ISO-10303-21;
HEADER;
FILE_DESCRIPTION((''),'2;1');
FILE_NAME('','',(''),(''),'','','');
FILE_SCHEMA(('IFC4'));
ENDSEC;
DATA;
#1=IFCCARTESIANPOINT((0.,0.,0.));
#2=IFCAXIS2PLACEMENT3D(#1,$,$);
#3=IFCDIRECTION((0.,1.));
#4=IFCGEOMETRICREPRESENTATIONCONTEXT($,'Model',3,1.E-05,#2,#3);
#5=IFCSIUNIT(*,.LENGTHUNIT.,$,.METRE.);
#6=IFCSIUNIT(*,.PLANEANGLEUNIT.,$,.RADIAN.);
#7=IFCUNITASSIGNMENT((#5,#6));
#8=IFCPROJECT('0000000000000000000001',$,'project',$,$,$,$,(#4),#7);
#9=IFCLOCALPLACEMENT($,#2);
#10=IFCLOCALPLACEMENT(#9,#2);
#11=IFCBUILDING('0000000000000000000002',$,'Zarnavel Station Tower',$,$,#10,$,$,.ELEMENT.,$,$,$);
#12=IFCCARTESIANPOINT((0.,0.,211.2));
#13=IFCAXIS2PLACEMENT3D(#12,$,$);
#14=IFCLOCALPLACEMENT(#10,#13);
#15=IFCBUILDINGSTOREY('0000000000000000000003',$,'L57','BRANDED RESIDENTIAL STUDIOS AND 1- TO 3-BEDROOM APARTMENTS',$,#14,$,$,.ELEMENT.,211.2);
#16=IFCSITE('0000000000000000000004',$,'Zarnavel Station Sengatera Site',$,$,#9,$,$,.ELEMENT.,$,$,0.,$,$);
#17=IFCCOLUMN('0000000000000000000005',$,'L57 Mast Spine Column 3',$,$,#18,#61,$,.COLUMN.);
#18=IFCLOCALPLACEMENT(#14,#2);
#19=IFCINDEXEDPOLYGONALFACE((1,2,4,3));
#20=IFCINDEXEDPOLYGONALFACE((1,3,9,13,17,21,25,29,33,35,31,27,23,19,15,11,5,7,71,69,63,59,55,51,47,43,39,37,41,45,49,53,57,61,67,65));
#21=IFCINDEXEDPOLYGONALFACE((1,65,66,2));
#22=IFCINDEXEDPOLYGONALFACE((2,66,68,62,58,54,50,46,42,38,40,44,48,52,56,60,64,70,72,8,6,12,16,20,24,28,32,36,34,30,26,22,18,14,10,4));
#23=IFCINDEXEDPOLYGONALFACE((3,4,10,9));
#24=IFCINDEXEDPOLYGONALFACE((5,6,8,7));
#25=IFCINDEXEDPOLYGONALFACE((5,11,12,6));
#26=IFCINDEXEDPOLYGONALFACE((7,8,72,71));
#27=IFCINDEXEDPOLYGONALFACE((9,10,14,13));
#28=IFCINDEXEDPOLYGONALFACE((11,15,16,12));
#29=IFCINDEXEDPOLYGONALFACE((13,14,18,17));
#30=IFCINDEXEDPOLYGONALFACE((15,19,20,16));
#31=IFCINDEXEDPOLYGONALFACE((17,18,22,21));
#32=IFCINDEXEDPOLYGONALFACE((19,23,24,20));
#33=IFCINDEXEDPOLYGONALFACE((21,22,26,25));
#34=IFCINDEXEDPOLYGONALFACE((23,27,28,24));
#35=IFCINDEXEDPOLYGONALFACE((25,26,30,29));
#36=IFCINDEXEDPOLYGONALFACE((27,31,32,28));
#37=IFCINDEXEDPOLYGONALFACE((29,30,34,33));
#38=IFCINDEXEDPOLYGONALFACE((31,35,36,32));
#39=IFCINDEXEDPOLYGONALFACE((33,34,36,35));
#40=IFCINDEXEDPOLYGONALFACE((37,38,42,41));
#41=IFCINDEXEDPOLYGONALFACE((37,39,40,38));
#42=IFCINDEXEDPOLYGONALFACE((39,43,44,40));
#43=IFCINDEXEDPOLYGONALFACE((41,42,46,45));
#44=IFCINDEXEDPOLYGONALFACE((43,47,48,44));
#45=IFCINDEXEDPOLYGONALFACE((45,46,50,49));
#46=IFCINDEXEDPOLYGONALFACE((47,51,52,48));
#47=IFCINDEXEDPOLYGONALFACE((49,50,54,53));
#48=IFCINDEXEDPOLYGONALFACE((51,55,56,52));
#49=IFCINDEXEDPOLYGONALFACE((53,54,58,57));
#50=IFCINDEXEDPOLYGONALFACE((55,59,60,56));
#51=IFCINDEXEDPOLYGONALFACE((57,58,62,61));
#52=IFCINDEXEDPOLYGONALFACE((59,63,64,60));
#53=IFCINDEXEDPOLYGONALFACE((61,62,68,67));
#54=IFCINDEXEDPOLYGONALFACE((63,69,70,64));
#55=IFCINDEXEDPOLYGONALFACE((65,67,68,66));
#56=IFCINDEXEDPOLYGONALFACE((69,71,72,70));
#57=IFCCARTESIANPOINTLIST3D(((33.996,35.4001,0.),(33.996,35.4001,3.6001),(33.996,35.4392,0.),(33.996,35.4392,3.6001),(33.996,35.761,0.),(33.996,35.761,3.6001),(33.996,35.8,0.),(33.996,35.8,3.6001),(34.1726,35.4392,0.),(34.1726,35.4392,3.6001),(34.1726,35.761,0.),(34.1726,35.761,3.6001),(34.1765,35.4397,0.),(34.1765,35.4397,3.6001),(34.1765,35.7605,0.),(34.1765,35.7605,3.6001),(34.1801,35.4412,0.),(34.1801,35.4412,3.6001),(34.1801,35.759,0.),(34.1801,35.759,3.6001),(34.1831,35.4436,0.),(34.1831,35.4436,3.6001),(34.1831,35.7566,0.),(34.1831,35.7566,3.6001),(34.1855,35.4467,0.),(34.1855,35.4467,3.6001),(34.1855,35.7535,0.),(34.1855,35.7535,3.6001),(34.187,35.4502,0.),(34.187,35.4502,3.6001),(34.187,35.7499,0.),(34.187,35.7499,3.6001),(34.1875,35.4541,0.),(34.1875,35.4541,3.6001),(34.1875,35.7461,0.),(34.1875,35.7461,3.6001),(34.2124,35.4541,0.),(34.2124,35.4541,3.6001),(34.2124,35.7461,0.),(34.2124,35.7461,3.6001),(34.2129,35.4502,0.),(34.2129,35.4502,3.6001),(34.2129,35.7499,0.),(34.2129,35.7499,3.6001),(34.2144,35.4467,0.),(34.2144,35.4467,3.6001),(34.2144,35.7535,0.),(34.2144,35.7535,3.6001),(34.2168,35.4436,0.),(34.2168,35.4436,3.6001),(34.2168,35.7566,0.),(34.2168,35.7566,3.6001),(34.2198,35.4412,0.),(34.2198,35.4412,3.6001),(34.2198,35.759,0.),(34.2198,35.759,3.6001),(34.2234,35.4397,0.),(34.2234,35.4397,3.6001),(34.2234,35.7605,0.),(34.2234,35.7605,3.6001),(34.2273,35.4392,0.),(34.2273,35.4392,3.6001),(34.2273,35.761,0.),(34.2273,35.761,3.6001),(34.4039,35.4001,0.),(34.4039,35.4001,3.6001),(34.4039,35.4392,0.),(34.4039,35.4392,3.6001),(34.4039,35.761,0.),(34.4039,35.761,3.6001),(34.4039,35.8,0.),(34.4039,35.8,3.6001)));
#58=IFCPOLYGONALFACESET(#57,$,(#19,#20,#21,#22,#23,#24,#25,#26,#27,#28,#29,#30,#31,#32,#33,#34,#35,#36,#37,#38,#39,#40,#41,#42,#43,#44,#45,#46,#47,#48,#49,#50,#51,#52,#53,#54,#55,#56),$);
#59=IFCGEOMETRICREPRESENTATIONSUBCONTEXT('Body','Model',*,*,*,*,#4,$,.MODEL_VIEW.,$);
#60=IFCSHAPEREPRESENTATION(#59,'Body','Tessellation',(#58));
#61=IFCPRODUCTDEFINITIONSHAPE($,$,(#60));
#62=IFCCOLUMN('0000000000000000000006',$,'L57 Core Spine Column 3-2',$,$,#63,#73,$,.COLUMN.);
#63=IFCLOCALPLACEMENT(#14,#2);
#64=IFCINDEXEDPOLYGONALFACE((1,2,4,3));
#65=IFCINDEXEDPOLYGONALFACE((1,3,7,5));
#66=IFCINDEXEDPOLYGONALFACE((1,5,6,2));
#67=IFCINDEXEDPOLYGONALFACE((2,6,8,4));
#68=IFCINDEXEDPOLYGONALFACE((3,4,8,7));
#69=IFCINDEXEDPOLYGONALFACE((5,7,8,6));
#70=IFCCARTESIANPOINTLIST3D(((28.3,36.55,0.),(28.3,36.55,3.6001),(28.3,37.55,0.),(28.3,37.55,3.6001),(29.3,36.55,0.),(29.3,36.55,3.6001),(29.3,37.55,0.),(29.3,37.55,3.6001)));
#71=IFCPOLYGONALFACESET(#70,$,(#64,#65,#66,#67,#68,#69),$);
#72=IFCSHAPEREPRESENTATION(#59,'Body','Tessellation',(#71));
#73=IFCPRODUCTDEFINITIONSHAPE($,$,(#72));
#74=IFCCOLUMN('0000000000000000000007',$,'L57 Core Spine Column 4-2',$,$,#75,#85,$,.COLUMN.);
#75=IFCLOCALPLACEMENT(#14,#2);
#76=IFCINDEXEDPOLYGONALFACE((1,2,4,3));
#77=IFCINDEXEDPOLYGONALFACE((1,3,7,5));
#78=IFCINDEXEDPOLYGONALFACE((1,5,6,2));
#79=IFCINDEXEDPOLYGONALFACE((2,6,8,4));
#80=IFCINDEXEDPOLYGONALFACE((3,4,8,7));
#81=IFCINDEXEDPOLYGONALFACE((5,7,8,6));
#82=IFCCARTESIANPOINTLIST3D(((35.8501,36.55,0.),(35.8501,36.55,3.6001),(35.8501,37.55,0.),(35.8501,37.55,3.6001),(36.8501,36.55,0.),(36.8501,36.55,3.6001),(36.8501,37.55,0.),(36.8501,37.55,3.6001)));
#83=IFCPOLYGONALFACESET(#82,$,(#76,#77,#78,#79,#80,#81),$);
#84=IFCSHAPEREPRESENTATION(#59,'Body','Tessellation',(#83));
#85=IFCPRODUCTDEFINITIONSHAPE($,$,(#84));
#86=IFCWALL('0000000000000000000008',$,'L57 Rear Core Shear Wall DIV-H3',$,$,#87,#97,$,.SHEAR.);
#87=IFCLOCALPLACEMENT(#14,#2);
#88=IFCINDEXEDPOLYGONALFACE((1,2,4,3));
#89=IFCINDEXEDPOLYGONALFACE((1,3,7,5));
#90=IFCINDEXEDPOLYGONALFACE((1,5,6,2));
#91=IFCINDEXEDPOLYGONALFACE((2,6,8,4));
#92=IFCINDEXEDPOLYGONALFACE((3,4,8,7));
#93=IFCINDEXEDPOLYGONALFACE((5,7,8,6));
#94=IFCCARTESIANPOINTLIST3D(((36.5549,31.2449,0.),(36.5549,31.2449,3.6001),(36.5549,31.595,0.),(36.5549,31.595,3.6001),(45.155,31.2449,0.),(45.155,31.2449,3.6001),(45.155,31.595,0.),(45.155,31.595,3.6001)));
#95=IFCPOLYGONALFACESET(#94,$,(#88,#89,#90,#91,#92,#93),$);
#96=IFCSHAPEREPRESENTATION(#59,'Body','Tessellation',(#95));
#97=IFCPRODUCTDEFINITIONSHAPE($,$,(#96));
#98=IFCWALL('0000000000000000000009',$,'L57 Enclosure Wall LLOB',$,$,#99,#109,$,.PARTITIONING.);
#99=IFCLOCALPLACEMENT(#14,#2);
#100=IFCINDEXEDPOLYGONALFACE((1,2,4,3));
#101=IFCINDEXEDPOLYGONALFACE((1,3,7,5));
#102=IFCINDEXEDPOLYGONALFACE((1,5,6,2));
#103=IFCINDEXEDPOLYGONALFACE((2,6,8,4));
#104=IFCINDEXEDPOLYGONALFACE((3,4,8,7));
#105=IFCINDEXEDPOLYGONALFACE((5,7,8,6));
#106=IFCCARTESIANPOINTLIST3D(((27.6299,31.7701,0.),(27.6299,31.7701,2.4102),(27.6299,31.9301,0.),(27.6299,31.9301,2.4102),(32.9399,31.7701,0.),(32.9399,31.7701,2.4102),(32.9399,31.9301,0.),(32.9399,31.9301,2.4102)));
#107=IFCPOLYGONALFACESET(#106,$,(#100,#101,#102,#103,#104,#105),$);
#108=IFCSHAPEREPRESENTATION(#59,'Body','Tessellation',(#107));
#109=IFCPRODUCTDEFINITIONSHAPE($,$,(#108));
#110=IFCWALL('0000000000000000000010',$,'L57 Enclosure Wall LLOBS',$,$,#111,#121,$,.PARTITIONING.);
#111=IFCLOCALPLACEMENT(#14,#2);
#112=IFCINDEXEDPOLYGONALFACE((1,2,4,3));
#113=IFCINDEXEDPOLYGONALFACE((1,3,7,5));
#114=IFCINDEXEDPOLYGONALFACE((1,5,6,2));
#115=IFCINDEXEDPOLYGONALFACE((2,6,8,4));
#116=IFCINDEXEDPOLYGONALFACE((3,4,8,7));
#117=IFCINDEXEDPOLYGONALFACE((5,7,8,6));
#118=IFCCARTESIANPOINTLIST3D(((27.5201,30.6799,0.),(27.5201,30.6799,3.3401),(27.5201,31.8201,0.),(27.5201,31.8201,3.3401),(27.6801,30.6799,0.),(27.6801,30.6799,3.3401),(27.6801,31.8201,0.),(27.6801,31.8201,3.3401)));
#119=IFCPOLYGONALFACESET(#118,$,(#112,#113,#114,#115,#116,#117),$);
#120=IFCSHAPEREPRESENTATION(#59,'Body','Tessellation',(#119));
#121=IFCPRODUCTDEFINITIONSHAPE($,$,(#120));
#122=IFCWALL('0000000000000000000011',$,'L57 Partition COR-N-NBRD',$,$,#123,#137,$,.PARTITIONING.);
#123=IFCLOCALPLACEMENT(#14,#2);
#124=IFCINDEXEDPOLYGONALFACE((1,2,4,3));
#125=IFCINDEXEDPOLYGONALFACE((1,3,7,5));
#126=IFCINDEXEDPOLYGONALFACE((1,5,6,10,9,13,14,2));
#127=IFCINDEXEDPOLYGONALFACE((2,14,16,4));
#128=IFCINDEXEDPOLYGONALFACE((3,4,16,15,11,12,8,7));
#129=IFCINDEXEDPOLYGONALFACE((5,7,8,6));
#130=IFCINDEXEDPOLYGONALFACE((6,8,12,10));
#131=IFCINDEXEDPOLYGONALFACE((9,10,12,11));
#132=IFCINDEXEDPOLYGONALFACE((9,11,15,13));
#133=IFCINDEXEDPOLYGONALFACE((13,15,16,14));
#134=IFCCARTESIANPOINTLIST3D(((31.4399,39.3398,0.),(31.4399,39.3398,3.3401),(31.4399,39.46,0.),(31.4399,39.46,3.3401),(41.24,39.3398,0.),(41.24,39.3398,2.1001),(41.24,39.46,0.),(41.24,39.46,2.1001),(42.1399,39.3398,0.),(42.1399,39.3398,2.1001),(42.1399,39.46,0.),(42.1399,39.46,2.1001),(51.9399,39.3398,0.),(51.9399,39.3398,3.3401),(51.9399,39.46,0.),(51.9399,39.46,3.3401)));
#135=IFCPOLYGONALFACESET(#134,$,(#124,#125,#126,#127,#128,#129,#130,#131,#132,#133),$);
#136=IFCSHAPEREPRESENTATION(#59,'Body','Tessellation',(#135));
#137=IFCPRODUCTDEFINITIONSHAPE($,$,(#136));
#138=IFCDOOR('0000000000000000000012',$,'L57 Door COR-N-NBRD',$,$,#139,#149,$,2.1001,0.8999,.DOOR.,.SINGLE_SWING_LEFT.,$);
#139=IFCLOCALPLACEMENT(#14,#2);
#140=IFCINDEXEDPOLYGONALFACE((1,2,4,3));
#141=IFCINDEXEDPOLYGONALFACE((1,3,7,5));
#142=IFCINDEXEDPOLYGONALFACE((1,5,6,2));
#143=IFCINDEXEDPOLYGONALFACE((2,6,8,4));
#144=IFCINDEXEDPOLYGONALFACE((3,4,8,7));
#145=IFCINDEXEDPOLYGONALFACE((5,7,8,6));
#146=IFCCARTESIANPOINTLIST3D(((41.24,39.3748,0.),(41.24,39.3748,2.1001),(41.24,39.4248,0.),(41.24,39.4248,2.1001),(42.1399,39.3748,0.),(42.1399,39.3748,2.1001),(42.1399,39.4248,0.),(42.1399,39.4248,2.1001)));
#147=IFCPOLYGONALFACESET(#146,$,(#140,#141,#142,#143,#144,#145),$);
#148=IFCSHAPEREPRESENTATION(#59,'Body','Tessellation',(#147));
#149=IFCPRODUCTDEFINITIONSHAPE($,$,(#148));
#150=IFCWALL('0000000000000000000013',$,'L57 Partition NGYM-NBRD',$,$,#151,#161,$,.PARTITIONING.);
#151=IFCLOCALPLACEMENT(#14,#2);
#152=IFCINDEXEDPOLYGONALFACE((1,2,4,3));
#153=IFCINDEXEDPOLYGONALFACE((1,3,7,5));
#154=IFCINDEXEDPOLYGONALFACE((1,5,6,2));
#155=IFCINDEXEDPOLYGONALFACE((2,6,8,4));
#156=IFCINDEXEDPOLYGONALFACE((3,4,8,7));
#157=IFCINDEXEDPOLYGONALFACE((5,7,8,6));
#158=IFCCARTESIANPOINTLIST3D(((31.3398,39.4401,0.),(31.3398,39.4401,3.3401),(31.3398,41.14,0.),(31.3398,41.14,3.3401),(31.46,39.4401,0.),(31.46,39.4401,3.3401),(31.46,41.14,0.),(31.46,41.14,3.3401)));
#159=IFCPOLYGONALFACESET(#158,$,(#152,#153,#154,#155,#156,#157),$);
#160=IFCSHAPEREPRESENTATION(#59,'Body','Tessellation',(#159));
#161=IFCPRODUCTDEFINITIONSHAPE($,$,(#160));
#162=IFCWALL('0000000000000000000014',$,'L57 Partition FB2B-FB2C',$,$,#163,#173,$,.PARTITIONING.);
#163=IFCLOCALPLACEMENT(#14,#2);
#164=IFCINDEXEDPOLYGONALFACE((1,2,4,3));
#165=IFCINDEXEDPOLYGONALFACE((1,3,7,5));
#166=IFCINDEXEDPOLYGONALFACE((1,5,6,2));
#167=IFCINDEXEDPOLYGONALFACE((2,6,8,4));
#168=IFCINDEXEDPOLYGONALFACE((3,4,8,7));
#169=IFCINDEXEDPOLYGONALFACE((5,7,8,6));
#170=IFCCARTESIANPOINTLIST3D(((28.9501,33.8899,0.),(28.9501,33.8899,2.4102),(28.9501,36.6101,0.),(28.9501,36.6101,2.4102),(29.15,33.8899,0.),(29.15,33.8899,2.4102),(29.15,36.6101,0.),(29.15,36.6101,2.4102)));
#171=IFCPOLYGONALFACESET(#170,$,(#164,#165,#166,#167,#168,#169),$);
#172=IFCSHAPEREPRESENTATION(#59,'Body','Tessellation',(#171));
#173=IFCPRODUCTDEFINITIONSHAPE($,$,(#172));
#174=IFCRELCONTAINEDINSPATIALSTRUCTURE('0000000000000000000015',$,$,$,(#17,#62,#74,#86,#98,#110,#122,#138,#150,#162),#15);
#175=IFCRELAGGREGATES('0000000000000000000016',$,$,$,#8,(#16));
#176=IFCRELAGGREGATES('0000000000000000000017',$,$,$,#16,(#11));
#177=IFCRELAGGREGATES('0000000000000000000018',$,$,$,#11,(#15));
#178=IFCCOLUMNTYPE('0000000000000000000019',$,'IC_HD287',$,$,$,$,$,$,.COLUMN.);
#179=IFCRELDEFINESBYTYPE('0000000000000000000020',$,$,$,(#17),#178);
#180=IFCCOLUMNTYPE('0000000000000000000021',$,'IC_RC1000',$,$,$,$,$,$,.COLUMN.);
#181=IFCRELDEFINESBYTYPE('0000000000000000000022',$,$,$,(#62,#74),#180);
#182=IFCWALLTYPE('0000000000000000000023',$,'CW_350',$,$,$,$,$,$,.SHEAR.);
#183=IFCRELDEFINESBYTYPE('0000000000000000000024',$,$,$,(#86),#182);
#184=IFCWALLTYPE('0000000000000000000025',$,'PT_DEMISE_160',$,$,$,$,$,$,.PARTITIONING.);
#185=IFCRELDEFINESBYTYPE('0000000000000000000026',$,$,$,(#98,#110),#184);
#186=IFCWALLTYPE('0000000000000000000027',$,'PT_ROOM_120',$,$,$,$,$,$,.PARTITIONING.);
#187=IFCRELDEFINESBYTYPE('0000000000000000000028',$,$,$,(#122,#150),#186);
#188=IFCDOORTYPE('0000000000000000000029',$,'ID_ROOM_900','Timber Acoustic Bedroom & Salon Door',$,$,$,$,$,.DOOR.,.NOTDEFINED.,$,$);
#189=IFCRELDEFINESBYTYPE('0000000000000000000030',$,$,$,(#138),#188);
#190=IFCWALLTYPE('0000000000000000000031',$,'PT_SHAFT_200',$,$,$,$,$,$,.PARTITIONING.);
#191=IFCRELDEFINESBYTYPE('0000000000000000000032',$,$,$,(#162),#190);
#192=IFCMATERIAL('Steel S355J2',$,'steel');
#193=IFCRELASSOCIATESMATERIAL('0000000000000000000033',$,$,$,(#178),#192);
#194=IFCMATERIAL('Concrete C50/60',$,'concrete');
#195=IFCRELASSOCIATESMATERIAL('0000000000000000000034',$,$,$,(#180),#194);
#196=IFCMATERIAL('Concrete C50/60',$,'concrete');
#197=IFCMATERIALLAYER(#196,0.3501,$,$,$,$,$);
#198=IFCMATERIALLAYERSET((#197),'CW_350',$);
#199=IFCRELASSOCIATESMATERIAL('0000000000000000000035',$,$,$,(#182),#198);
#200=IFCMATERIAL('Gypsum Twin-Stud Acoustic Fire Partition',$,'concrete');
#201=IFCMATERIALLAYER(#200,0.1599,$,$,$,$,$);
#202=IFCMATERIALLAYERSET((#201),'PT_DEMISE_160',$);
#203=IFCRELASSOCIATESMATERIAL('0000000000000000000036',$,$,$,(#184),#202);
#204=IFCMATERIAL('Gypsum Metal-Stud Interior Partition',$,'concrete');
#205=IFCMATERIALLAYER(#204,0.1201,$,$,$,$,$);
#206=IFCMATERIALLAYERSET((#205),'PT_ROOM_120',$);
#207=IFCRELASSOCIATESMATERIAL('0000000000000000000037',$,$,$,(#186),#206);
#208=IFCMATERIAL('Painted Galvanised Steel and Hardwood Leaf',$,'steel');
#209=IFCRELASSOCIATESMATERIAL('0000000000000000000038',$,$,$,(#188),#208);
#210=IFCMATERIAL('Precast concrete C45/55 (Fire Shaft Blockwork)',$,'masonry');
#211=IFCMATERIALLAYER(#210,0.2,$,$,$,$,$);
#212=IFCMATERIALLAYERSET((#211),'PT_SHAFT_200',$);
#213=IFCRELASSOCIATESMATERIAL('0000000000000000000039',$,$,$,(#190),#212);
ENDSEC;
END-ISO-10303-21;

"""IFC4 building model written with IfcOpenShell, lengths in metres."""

from ifc_helpers import new_model, si_unit, direction, frame, frame_2d, origin, origin_2d, place, context, subcontext, project, spatial, rectangle, i_section, extrude, material, layer, layer_set, material_profile, profile_set, type_object, element, fill, save


model = new_model("IFC4")

# Units and contexts
model_context = context("Model", 3, precision=1e-05, world=origin(), true_north=direction((0.0, 1.0)))
body_context = subcontext(model_context, "Body", "Model", "MODEL_VIEW")
ifc_project = project(units=[si_unit("LENGTHUNIT", "METRE"), si_unit("PLANEANGLEUNIT", "RADIAN")], contexts=[model_context])

# Site, building, storey
site_placement = place(None, origin())
site = spatial("IfcSite", under=ifc_project, at=site_placement, Name="Zarnavel Station Sengatera Site", CompositionType="ELEMENT", RefElevation=0.0)
building_placement = place(site_placement, origin())
building = spatial("IfcBuilding", under=site, at=building_placement, Name="Zarnavel Station Tower", CompositionType="ELEMENT")
storey_placement = place(building_placement, frame((0.0, 0.0, 211.2)))
storey = spatial("IfcBuildingStorey", under=building, at=storey_placement, Name="L57", Description="BRANDED RESIDENTIAL STUDIOS AND 1- TO 3-BEDROOM APARTMENTS", CompositionType="ELEMENT", Elevation=211.2)

# Columns
ifc_material_1 = material(Name="Steel S355J2", Category="steel")
ifc_material_profile_1 = material_profile(ifc_material_1, i_section(OverallWidth=0.408, OverallDepth=0.3999, WebThickness=0.0249, FlangeThickness=0.0391, FilletRadius=0.0149, at=origin_2d()), Name="HD400x287")
ifc_profile_set_1 = profile_set([ifc_material_profile_1], Name="Steel S355J2")
column_type_1 = type_object("IfcColumnType", Name="IC_HD287", PredefinedType="COLUMN", material=ifc_profile_set_1)
column_placement = place(storey_placement, frame((34.2, 35.6001, 0.0), z_axis=(0.0, 0.0, 1.0), x_axis=(1.0, 0.0, 0.0)))
element("IfcColumn", 1, at=column_placement, inside=storey, type_object=column_type_1, Name="L57 Mast Spine Column 3", PredefinedType="COLUMN", context=body_context, shape_type="SweptSolid", body=[
    extrude(i_section(OverallWidth=0.408, OverallDepth=0.3999, WebThickness=0.0249, FlangeThickness=0.0391, FilletRadius=0.0149, at=origin_2d()), origin(), (0.0, 0.0, 1.0), 3.6001),
])
ifc_material_2 = material(Name="Concrete C50/60", Category="concrete")
ifc_material_profile_2 = material_profile(ifc_material_2, rectangle(XDim=1.0, YDim=1.0, at=origin_2d()), Name="RC1000x1000")
ifc_profile_set_2 = profile_set([ifc_material_profile_2], Name="Concrete C50/60")
column_type_2 = type_object("IfcColumnType", Name="IC_RC1000", PredefinedType="COLUMN", material=ifc_profile_set_2)
for number, where, z_axis, x_axis, name in (
    (2, (28.8, 37.05, 0.0), (0.0, 0.0, 1.0), (1.0, 0.0, 0.0), "L57 Core Spine Column 3-2"),
    (3, (36.3501, 37.05, 0.0), (0.0, 0.0, 1.0), (1.0, 0.0, 0.0), "L57 Core Spine Column 4-2"),
):
    element("IfcColumn", number, at=place(storey_placement, frame(where, z_axis=z_axis, x_axis=x_axis)), inside=storey, type_object=column_type_2, Name=name, PredefinedType="COLUMN", context=body_context, shape_type="SweptSolid", body=[
        extrude(rectangle(XDim=1.0, YDim=1.0, at=origin_2d()), origin(), (0.0, 0.0, 1.0), 3.6001),
    ])

# Walls
ifc_material_3 = material(Name="Concrete C50/60", Category="concrete")
ifc_layer_1 = layer(ifc_material_3, 0.3501)
ifc_layer_set_1 = layer_set([ifc_layer_1], Name="CW_350")
wall_type_1 = type_object("IfcWallType", Name="CW_350", PredefinedType="SHEAR", material=ifc_layer_set_1)
wall_1_placement = place(storey_placement, frame((36.5549, 31.4199, 0.0), z_axis=(0.0, 0.0, 1.0), x_axis=(1.0, 0.0, 0.0)))
element("IfcWall", 4, at=wall_1_placement, inside=storey, type_object=wall_type_1, Name="L57 Rear Core Shear Wall DIV-H3", PredefinedType="SHEAR", context=body_context, shape_type="SweptSolid", body=[
    extrude(rectangle(XDim=8.6001, YDim=0.3501, at=frame_2d((4.3, 0.0))), origin(), (0.0, 0.0, 1.0), 3.6001),
])
ifc_material_4 = material(Name="Gypsum Twin-Stud Acoustic Fire Partition", Category="concrete")
ifc_layer_2 = layer(ifc_material_4, 0.1599)
ifc_layer_set_2 = layer_set([ifc_layer_2], Name="PT_DEMISE_160")
wall_type_2 = type_object("IfcWallType", Name="PT_DEMISE_160", PredefinedType="PARTITIONING", material=ifc_layer_set_2)
wall_2_placement = place(storey_placement, frame((27.6299, 31.8501, 0.0), z_axis=(0.0, 0.0, 1.0), x_axis=(1.0, 0.0, 0.0)))
element("IfcWall", 5, at=wall_2_placement, inside=storey, type_object=wall_type_2, Name="L57 Enclosure Wall LLOB", PredefinedType="PARTITIONING", context=body_context, shape_type="SweptSolid", body=[
    extrude(rectangle(XDim=5.3101, YDim=0.1599, at=frame_2d((2.655, 0.0))), origin(), (0.0, 0.0, 1.0), 2.4102),
])
wall_3_placement = place(storey_placement, frame((27.6001, 30.6799, 0.0), z_axis=(0.0, 0.0, 1.0), x_axis=(0.0, 1.0, 0.0)))
element("IfcWall", 6, at=wall_3_placement, inside=storey, type_object=wall_type_2, Name="L57 Enclosure Wall LLOBS", PredefinedType="PARTITIONING", context=body_context, shape_type="SweptSolid", body=[
    extrude(rectangle(XDim=1.1401, YDim=0.1599, at=frame_2d((0.5701, 0.0))), origin(), (0.0, 0.0, 1.0), 3.3401),
])

# Wall, opening, door
ifc_material_5 = material(Name="Gypsum Metal-Stud Interior Partition", Category="concrete")
ifc_layer_3 = layer(ifc_material_5, 0.1201)
ifc_layer_set_3 = layer_set([ifc_layer_3], Name="PT_ROOM_120")
wall_type_3 = type_object("IfcWallType", Name="PT_ROOM_120", PredefinedType="PARTITIONING", material=ifc_layer_set_3)
wall_4_placement = place(storey_placement, frame((31.4399, 39.3999, 0.0), z_axis=(0.0, 0.0, 1.0), x_axis=(1.0, 0.0, 0.0)))
wall_4 = element("IfcWall", 7, at=wall_4_placement, inside=storey, type_object=wall_type_3, Name="L57 Partition COR-N-NBRD", PredefinedType="PARTITIONING", context=body_context, shape_type="SweptSolid", body=[
    extrude(rectangle(XDim=20.5, YDim=0.1201, at=frame_2d((10.25, 0.0))), origin(), (0.0, 0.0, 1.0), 3.3401),
])
opening_1_placement = place(wall_4_placement, frame((9.8, 0.0, 0.0)))
opening_1 = element("IfcOpeningElement", 8, at=opening_1_placement, cuts=wall_4, PredefinedType="OPENING", context=body_context, shape_type="SweptSolid", body=[
    extrude(rectangle(XDim=0.8999, YDim=2.1001, at=frame_2d((0.45, 1.05))), frame((0.0, 0.0701, 0.0), z_axis=(0.0, -1.0, 0.0), x_axis=(1.0, 0.0, 0.0)), (0.0, 0.0, 1.0), 0.1401),
])
ifc_material_6 = material(Name="Painted Galvanised Steel and Hardwood Leaf", Category="steel")
door_type_1 = type_object("IfcDoorType", Name="ID_ROOM_900", Description="Timber Acoustic Bedroom & Salon Door", OperationType="NOTDEFINED", PredefinedType="DOOR", material=ifc_material_6)
door_1_placement = place(opening_1_placement, origin())
door_1 = element("IfcDoor", 9, at=door_1_placement, inside=storey, type_object=door_type_1, Name="L57 Door COR-N-NBRD", OperationType="SINGLE_SWING_LEFT", OverallHeight=2.1001, OverallWidth=0.8999, PredefinedType="DOOR", context=body_context, shape_type="SweptSolid", body=[
    extrude(rectangle(XDim=0.8999, YDim=2.1001, at=frame_2d((0.45, 1.05))), frame((0.0, 0.0249, 0.0), z_axis=(0.0, -1.0, 0.0), x_axis=(1.0, 0.0, 0.0)), (0.0, 0.0, 1.0), 0.05),
])
fill(opening_1, door_1)

# Wall
wall_5_placement = place(storey_placement, frame((31.3999, 39.4399, 0.0), z_axis=(0.0, 0.0, 1.0), x_axis=(0.0, 1.0, 0.0)))
element("IfcWall", 10, at=wall_5_placement, inside=storey, type_object=wall_type_3, Name="L57 Partition NGYM-NBRD", PredefinedType="PARTITIONING", context=body_context, shape_type="SweptSolid", body=[
    extrude(rectangle(XDim=1.7, YDim=0.1201, at=frame_2d((0.8501, 0.0))), origin(), (0.0, 0.0, 1.0), 3.3401),
])

# Shared definitions
ifc_material_7 = material(Name="Precast concrete C45/55 (Fire Shaft Blockwork)", Category="masonry")
ifc_layer_4 = layer(ifc_material_7, 0.2)
ifc_layer_set_4 = layer_set([ifc_layer_4], Name="PT_SHAFT_200")
wall_type_4 = type_object("IfcWallType", Name="PT_SHAFT_200", PredefinedType="PARTITIONING", material=ifc_layer_set_4)

# Wall
wall_6_placement = place(storey_placement, frame((29.05, 33.8899, 0.0), z_axis=(0.0, 0.0, 1.0), x_axis=(0.0, 1.0, 0.0)))
element("IfcWall", 11, at=wall_6_placement, inside=storey, type_object=wall_type_4, Name="L57 Partition FB2B-FB2C", PredefinedType="PARTITIONING", context=body_context, shape_type="SweptSolid", body=[
    extrude(rectangle(XDim=2.7202, YDim=0.2, at=frame_2d((1.3601, 0.0))), origin(), (0.0, 0.0, 1.0), 2.4102),
])

save(model, "model.ifc")
